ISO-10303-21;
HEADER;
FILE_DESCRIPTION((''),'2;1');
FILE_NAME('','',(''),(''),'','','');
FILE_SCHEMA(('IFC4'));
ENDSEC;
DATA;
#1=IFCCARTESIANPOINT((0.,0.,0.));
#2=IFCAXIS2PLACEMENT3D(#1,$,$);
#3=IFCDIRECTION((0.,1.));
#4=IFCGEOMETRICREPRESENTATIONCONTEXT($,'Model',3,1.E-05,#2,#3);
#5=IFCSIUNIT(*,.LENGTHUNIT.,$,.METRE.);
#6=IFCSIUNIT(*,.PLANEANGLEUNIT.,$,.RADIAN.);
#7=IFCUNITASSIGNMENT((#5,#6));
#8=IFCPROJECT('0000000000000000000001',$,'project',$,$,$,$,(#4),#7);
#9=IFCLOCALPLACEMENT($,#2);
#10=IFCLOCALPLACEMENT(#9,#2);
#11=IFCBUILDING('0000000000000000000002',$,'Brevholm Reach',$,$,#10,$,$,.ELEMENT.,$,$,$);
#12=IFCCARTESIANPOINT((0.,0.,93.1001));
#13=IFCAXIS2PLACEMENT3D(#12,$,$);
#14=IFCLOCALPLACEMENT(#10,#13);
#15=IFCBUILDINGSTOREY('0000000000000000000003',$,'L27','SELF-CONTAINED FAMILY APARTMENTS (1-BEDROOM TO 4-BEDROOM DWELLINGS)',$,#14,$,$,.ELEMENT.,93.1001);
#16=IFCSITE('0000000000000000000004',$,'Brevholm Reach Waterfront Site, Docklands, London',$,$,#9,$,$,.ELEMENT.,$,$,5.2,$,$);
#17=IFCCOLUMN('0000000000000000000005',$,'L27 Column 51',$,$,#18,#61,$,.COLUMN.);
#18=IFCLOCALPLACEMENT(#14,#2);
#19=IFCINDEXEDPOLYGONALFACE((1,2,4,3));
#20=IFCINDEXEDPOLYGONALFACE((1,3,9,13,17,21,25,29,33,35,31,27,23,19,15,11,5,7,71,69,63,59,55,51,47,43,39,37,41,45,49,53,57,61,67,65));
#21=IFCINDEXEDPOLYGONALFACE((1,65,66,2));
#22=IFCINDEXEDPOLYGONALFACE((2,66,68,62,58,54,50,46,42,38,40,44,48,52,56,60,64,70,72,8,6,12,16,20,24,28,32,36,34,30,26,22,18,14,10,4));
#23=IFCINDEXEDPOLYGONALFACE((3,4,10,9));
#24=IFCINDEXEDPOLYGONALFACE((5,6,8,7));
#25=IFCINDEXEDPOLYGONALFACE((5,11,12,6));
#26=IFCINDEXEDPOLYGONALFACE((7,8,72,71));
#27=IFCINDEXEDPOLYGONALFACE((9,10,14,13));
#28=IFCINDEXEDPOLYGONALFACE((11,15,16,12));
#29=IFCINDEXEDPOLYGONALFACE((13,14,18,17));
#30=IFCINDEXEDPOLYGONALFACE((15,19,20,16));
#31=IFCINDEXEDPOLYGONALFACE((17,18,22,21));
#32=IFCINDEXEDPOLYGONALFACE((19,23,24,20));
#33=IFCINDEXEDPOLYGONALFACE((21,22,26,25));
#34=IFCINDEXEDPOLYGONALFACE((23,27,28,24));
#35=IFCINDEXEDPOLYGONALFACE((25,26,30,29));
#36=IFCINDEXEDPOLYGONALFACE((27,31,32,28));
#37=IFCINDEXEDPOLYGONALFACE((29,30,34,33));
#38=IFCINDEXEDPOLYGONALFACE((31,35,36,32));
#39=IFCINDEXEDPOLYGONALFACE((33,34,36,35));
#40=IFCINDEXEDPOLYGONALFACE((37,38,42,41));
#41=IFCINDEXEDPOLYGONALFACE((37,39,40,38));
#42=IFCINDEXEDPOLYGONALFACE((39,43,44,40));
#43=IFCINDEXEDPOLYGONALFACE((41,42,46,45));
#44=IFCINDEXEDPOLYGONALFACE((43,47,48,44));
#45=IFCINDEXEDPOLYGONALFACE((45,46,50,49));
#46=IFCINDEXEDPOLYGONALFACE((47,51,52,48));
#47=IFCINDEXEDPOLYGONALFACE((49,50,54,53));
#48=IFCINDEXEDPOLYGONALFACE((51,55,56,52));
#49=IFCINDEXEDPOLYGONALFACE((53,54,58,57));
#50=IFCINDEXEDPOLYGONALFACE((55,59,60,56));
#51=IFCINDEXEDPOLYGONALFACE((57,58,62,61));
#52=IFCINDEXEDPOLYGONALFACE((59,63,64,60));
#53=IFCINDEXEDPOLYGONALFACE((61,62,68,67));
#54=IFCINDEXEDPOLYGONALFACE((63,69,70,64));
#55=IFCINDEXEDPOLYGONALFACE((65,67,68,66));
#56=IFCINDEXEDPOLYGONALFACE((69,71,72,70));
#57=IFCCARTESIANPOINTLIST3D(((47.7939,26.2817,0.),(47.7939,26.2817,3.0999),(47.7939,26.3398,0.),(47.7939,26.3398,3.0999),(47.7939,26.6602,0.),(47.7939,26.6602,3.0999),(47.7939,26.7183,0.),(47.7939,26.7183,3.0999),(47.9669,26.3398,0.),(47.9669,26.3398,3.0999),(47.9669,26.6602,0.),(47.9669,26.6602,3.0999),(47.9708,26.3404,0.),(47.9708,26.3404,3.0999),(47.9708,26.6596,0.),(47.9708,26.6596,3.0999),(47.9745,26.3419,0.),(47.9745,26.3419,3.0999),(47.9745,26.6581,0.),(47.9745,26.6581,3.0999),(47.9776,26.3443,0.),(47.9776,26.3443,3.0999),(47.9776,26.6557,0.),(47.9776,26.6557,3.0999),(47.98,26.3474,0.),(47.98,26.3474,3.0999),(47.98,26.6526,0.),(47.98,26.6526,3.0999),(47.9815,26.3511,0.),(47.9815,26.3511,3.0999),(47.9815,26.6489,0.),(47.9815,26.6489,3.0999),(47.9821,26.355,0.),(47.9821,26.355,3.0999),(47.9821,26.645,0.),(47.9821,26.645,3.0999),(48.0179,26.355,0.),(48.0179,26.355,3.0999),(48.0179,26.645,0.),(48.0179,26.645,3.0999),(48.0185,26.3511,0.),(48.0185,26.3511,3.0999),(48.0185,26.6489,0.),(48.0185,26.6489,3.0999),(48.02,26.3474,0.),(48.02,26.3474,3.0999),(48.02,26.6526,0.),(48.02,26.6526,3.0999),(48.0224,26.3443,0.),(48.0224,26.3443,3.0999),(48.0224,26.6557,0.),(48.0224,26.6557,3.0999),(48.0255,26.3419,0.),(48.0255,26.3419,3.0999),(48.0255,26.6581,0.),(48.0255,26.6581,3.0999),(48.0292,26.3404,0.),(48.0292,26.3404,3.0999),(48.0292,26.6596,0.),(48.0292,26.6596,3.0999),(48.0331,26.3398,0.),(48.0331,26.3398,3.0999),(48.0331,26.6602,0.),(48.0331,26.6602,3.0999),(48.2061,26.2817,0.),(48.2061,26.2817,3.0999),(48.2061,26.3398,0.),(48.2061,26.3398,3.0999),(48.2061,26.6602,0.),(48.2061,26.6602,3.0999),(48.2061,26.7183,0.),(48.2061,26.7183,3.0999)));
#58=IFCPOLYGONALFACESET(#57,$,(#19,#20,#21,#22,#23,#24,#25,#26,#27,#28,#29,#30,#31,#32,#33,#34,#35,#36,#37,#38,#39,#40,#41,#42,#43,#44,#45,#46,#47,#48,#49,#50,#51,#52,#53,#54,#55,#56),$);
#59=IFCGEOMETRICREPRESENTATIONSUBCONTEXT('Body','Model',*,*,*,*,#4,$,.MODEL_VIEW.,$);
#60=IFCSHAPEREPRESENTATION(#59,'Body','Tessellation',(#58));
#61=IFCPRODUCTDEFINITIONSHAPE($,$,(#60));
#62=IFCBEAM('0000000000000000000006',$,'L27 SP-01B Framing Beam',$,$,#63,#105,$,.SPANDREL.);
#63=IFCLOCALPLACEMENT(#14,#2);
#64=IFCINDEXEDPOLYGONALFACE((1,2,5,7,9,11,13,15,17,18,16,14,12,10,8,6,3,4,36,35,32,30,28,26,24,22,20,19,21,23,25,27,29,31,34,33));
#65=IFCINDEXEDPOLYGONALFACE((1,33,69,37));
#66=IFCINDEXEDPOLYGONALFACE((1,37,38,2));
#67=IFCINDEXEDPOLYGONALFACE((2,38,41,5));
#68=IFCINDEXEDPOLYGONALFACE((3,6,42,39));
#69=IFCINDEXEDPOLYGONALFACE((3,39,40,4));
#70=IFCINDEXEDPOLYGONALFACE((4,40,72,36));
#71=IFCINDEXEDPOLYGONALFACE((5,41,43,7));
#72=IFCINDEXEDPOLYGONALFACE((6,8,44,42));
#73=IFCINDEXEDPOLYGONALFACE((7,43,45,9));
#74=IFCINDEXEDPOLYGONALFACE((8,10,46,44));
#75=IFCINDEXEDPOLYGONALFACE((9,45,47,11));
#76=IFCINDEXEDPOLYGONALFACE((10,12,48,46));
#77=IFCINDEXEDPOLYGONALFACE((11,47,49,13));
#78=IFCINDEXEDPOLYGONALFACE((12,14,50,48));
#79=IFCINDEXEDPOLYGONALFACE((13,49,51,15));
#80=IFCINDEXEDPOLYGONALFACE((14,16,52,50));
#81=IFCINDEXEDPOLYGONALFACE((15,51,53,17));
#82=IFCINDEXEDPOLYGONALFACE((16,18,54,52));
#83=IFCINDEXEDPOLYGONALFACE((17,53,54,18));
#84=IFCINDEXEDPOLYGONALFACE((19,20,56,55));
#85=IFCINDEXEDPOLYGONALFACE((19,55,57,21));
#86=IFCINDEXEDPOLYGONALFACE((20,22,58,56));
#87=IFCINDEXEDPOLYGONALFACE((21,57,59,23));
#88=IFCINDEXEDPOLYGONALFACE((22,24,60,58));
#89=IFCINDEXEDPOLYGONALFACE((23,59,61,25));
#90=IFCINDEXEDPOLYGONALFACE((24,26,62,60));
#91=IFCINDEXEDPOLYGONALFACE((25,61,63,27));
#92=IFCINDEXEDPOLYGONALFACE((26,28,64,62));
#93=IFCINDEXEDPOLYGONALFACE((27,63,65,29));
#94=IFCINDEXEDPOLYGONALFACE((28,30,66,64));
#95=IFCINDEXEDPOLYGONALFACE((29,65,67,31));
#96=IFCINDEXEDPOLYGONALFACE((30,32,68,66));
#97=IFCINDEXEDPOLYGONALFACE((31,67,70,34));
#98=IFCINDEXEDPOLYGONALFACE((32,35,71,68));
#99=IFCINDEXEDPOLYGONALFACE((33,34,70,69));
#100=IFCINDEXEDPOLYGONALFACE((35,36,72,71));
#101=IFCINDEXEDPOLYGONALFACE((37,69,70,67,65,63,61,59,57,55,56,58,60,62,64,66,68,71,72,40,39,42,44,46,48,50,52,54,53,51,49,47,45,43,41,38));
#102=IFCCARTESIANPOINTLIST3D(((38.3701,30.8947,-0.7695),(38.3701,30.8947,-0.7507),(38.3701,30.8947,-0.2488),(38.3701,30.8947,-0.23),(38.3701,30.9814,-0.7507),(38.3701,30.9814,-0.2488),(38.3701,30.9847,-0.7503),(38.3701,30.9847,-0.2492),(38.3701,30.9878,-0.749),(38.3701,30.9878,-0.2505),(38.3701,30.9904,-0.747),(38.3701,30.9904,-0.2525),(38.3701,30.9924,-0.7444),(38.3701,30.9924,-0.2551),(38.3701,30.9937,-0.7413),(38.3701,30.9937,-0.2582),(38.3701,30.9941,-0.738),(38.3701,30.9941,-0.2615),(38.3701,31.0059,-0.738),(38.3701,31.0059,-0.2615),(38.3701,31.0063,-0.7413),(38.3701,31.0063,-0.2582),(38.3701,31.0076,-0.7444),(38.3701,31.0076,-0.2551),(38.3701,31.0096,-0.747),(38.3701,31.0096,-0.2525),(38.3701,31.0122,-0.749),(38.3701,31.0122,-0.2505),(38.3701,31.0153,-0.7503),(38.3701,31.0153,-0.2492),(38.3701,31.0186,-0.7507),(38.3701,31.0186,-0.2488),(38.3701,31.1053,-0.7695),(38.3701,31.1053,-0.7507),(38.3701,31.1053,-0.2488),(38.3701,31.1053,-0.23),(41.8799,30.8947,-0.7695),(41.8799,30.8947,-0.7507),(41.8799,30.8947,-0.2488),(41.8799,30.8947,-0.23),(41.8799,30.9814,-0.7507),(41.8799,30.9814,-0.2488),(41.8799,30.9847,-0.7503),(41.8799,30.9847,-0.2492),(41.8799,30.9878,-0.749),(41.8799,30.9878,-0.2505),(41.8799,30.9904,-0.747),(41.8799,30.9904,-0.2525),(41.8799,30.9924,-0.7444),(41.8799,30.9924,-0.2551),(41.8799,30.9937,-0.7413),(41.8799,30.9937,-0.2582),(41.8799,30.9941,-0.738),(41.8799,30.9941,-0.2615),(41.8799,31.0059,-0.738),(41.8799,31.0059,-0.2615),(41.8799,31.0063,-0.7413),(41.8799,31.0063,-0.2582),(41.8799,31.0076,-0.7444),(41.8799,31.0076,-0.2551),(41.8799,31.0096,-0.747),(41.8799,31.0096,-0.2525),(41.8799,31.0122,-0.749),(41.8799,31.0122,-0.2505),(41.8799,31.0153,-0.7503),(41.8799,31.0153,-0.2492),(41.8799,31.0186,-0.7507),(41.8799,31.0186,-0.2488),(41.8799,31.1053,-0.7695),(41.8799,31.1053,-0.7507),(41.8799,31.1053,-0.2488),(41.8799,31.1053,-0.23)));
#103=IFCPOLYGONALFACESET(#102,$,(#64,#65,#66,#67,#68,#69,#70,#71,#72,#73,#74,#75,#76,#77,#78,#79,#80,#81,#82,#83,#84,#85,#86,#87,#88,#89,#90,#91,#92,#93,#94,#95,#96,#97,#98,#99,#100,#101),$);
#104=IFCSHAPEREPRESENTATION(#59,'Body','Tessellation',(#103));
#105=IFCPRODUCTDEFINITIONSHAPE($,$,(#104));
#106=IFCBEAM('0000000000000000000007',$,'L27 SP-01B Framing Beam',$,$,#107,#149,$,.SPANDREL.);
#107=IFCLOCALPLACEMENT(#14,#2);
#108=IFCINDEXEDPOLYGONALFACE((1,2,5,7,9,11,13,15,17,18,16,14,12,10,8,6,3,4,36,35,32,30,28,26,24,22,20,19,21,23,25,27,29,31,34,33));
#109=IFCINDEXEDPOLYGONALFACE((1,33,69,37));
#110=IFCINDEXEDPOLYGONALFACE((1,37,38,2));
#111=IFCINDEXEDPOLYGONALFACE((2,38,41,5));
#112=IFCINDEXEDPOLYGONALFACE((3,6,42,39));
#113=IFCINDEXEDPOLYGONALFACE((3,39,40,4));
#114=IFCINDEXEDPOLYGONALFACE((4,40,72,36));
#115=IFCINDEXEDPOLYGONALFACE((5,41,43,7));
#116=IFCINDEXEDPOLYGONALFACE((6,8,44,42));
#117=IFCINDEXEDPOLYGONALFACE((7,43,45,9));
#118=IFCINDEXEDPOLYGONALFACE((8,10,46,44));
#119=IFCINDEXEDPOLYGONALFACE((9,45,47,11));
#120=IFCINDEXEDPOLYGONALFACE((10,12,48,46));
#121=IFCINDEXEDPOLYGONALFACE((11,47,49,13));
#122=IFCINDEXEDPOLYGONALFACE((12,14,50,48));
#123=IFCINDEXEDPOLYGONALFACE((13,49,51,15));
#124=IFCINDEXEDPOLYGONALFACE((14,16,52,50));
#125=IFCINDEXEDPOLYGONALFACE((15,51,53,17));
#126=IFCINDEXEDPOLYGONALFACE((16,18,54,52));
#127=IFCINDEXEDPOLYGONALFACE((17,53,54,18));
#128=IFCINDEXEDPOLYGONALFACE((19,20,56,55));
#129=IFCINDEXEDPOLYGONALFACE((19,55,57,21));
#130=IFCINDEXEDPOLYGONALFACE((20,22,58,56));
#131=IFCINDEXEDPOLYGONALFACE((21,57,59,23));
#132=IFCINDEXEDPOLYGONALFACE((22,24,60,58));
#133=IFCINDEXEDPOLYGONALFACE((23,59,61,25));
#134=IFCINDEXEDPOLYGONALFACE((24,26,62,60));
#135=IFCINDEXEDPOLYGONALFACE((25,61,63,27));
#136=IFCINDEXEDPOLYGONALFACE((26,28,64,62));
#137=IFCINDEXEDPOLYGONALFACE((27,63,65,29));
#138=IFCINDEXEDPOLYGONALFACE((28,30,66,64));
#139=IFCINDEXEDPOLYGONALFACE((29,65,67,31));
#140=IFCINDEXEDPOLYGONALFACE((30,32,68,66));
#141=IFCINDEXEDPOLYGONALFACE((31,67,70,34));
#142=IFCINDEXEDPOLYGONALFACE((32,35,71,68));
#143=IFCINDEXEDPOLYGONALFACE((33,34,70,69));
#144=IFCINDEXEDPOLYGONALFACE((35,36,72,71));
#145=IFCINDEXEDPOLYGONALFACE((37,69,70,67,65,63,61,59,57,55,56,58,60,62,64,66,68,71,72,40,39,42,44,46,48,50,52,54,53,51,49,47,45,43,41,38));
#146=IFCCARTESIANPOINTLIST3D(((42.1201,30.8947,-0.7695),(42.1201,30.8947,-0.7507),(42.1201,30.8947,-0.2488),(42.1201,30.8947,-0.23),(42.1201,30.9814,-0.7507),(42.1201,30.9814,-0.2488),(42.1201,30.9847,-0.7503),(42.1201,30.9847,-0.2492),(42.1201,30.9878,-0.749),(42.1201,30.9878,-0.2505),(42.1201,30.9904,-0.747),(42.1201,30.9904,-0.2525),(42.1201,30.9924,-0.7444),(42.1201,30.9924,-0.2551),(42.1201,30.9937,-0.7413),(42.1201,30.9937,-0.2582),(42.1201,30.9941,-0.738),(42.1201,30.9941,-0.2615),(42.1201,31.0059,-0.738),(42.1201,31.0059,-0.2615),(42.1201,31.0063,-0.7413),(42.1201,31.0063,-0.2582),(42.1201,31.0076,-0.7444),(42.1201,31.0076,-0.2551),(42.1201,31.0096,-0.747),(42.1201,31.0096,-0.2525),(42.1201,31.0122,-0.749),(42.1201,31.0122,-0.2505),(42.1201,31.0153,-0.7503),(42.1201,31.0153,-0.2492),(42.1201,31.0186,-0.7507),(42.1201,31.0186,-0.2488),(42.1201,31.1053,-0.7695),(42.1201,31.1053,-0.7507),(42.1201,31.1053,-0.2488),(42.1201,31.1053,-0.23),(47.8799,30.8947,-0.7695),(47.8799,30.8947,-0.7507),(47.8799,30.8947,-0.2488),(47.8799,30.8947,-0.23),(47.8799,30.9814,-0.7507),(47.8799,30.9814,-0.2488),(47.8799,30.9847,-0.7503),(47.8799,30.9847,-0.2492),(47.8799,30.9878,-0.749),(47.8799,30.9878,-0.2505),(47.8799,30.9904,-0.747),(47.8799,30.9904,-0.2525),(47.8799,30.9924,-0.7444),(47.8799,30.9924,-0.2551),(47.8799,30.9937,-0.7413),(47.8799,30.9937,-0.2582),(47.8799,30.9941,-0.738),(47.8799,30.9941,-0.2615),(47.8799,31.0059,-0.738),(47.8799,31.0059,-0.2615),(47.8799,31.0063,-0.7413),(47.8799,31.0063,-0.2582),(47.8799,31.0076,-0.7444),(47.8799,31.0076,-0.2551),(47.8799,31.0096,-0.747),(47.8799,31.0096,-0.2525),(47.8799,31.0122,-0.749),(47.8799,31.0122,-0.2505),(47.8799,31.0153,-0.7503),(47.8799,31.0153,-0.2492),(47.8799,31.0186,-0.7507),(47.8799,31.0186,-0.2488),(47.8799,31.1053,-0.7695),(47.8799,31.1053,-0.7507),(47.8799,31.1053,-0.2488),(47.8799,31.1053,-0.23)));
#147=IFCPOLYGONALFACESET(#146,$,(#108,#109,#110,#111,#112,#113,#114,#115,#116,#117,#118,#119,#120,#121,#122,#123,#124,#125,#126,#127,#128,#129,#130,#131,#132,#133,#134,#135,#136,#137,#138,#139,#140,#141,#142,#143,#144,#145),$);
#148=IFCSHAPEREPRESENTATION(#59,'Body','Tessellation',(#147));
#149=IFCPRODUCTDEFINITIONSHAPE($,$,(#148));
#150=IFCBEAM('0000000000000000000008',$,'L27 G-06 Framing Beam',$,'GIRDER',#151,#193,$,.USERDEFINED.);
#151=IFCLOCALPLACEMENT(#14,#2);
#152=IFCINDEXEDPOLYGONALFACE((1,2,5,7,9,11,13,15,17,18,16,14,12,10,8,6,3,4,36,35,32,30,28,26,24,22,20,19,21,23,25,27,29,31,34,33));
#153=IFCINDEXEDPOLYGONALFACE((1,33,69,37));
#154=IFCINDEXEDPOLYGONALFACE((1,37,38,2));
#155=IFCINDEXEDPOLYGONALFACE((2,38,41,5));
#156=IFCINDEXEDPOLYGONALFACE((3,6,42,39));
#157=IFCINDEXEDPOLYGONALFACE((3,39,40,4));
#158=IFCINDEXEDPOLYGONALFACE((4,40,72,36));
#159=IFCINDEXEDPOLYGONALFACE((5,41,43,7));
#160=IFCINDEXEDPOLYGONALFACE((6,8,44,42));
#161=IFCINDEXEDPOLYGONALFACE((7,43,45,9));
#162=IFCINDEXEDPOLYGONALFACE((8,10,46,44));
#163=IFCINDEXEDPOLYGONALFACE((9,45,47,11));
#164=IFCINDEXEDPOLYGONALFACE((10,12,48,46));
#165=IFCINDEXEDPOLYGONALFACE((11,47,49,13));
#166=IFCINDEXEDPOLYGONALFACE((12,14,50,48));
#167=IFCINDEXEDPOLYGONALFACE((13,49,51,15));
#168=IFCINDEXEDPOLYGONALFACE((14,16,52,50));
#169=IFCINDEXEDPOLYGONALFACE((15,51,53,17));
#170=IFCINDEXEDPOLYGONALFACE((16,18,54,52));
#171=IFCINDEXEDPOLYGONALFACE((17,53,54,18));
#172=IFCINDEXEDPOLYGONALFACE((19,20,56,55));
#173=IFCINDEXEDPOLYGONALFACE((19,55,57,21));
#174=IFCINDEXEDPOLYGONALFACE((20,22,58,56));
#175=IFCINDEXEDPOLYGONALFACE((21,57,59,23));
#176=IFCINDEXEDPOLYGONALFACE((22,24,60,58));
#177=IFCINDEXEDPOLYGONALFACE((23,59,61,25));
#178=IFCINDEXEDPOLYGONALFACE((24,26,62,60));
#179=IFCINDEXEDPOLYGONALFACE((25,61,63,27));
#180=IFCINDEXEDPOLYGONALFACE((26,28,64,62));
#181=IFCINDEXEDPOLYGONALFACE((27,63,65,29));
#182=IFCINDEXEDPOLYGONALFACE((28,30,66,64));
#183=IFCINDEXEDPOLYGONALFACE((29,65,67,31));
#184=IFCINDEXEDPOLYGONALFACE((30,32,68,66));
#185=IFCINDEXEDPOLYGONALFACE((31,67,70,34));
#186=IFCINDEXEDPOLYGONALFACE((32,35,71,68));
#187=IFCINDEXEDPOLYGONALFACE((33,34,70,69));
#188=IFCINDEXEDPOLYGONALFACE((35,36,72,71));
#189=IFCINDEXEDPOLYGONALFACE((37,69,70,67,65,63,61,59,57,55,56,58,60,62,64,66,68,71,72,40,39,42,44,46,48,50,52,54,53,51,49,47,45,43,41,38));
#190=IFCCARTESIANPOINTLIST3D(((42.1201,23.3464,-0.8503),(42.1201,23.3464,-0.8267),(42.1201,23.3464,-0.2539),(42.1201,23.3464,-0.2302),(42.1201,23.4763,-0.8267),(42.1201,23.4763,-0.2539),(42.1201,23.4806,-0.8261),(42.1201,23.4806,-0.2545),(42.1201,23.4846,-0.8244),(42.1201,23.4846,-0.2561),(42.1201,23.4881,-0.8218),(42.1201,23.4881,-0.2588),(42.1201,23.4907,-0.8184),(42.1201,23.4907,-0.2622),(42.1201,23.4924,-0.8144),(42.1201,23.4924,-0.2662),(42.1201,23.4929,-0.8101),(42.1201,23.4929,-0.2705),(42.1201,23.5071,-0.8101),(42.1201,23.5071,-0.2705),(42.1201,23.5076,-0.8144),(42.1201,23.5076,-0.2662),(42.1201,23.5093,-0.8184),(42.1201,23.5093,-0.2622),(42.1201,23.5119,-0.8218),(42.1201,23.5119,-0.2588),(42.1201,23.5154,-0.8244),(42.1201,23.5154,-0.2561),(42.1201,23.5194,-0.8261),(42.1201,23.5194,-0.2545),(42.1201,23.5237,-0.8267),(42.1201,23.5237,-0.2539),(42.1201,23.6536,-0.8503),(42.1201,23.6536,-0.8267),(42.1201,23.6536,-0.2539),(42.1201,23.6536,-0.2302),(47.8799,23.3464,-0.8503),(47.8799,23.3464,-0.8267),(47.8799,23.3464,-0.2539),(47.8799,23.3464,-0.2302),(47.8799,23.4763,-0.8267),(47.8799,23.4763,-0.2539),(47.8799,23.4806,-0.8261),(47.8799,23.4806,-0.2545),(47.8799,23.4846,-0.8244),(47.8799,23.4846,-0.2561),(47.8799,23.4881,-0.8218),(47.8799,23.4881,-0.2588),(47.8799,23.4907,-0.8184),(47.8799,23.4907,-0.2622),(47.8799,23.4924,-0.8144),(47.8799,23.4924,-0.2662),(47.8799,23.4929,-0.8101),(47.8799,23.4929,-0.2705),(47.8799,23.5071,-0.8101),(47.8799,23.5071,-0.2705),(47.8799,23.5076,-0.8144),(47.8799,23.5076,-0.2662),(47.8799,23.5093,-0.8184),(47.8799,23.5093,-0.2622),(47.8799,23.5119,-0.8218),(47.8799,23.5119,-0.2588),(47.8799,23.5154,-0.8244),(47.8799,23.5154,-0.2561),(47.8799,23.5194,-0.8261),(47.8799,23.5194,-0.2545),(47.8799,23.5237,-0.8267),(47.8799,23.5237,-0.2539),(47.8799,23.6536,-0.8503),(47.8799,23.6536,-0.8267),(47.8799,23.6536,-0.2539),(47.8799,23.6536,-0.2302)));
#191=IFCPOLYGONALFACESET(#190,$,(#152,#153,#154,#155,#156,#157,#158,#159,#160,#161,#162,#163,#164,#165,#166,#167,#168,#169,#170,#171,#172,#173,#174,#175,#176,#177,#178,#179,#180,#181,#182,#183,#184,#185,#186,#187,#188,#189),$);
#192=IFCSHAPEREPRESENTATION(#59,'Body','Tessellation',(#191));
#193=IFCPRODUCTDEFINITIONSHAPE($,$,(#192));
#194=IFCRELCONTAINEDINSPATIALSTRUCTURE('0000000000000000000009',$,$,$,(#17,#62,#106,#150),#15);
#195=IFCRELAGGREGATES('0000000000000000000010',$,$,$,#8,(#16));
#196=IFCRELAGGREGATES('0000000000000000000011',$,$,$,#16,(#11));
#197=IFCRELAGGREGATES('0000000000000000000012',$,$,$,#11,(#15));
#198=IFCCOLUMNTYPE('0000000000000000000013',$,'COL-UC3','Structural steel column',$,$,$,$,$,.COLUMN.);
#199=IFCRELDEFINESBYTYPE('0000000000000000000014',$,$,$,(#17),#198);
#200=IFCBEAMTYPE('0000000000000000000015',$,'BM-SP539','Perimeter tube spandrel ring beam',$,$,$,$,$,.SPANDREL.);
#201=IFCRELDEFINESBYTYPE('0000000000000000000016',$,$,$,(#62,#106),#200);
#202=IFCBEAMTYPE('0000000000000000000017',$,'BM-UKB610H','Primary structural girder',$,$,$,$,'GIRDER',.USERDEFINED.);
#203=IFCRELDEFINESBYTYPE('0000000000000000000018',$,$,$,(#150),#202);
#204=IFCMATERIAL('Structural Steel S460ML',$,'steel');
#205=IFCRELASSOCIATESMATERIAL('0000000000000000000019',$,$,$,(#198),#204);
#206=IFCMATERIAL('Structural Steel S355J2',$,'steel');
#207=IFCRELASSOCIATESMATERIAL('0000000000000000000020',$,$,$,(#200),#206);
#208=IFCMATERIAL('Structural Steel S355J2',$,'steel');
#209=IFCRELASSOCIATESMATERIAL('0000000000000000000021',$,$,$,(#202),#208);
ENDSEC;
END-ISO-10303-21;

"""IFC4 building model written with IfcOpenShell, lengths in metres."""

from ifc_helpers import new_model, si_unit, direction, frame, origin, origin_2d, place, context, subcontext, project, spatial, i_section, extrude, material, material_profile, profile_set, type_object, element, save


model = new_model("IFC4")

# Units and contexts
model_context = context("Model", 3, precision=1e-05, world=origin(), true_north=direction((0.0, 1.0)))
body_context = subcontext(model_context, "Body", "Model", "MODEL_VIEW")
ifc_project = project(units=[si_unit("LENGTHUNIT", "METRE"), si_unit("PLANEANGLEUNIT", "RADIAN")], contexts=[model_context])

# Site, building, storey
site_placement = place(None, origin())
site = spatial("IfcSite", under=ifc_project, at=site_placement, Name="Brevholm Reach Waterfront Site, Docklands, London", CompositionType="ELEMENT", RefElevation=5.2)
building_placement = place(site_placement, origin())
building = spatial("IfcBuilding", under=site, at=building_placement, Name="Brevholm Reach", CompositionType="ELEMENT")
storey_placement = place(building_placement, frame((0.0, 0.0, 93.1001)))
storey = spatial("IfcBuildingStorey", under=building, at=storey_placement, Name="L27", Description="SELF-CONTAINED FAMILY APARTMENTS (1-BEDROOM TO 4-BEDROOM DWELLINGS)", CompositionType="ELEMENT", Elevation=93.1001)

# Column
ifc_material_1 = material(Name="Structural Steel S460ML", Category="steel")
ifc_material_profile_1 = material_profile(ifc_material_1, i_section(OverallWidth=0.4121, OverallDepth=0.4365, WebThickness=0.0359, FlangeThickness=0.0581, FilletRadius=0.0151, at=origin_2d()), Name="UKC 356x406x467")
ifc_profile_set_1 = profile_set([ifc_material_profile_1], Name="Structural Steel S460ML")
column_type_1 = type_object("IfcColumnType", Name="COL-UC3", Description="Structural steel column", PredefinedType="COLUMN", material=ifc_profile_set_1)
for number, where, z_axis, x_axis, name in (
    (1, (48.0, 26.5, 0.0), (0.0, 0.0, 1.0), (1.0, 0.0, 0.0), "L27 Column 51"),
):
    element("IfcColumn", number, at=place(storey_placement, frame(where, z_axis=z_axis, x_axis=x_axis)), inside=storey, type_object=column_type_1, Name=name, PredefinedType="COLUMN", context=body_context, shape_type="SweptSolid", body=[
        extrude(i_section(OverallWidth=0.4121, OverallDepth=0.4365, WebThickness=0.0359, FlangeThickness=0.0581, FilletRadius=0.0151, at=origin_2d()), origin(), (0.0, 0.0, 1.0), 3.0999),
    ])

# Beams
ifc_material_2 = material(Name="Structural Steel S355J2", Category="steel")
ifc_material_profile_2 = material_profile(ifc_material_2, i_section(OverallWidth=0.2107, OverallDepth=0.5396, WebThickness=0.0117, FlangeThickness=0.0188, FilletRadius=0.0127, at=origin_2d()), Name="UKB 533x210x109")
ifc_profile_set_2 = profile_set([ifc_material_profile_2], Name="Structural Steel S355J2")
beam_type_1 = type_object("IfcBeamType", Name="BM-SP539", Description="Perimeter tube spandrel ring beam", PredefinedType="SPANDREL", material=ifc_profile_set_2)
beam_1_placement = place(storey_placement, frame((38.3701, 31.0, -0.4998), z_axis=(1.0, 0.0, 0.0), x_axis=(0.0, 1.0, 0.0)))
element("IfcBeam", 2, at=beam_1_placement, inside=storey, type_object=beam_type_1, Name="L27 SP-01B Framing Beam", PredefinedType="SPANDREL", context=body_context, shape_type="SweptSolid", body=[
    extrude(i_section(OverallWidth=0.2107, OverallDepth=0.5396, WebThickness=0.0117, FlangeThickness=0.0188, FilletRadius=0.0127, at=origin_2d()), origin(), (0.0, 0.0, 1.0), 3.5098),
])
beam_2_placement = place(storey_placement, frame((42.1201, 31.0, -0.4998), z_axis=(1.0, 0.0, 0.0), x_axis=(0.0, 1.0, 0.0)))
element("IfcBeam", 3, at=beam_2_placement, inside=storey, type_object=beam_type_1, Name="L27 SP-01B Framing Beam", PredefinedType="SPANDREL", context=body_context, shape_type="SweptSolid", body=[
    extrude(i_section(OverallWidth=0.2107, OverallDepth=0.5396, WebThickness=0.0117, FlangeThickness=0.0188, FilletRadius=0.0127, at=origin_2d()), origin(), (0.0, 0.0, 1.0), 5.7598),
])
ifc_material_3 = material(Name="Structural Steel S355J2", Category="steel")
ifc_material_profile_3 = material_profile(ifc_material_3, i_section(OverallWidth=0.3071, OverallDepth=0.6201, WebThickness=0.0142, FlangeThickness=0.0237, FilletRadius=0.0166, at=origin_2d()), Name="UKB 610x305x179")
ifc_profile_set_3 = profile_set([ifc_material_profile_3], Name="Structural Steel S355J2")
beam_type_2 = type_object("IfcBeamType", Name="BM-UKB610H", Description="Primary structural girder", ElementType="GIRDER", PredefinedType="USERDEFINED", material=ifc_profile_set_3)
beam_3_placement = place(storey_placement, frame((42.1201, 23.5, -0.5403), z_axis=(1.0, 0.0, 0.0), x_axis=(0.0, 1.0, 0.0)))
element("IfcBeam", 4, at=beam_3_placement, inside=storey, type_object=beam_type_2, Name="L27 G-06 Framing Beam", ObjectType="GIRDER", PredefinedType="USERDEFINED", context=body_context, shape_type="SweptSolid", body=[
    extrude(i_section(OverallWidth=0.3071, OverallDepth=0.6201, WebThickness=0.0142, FlangeThickness=0.0237, FilletRadius=0.0166, at=origin_2d()), origin(), (0.0, 0.0, 1.0), 5.7598),
])

save(model, "model.ifc")
